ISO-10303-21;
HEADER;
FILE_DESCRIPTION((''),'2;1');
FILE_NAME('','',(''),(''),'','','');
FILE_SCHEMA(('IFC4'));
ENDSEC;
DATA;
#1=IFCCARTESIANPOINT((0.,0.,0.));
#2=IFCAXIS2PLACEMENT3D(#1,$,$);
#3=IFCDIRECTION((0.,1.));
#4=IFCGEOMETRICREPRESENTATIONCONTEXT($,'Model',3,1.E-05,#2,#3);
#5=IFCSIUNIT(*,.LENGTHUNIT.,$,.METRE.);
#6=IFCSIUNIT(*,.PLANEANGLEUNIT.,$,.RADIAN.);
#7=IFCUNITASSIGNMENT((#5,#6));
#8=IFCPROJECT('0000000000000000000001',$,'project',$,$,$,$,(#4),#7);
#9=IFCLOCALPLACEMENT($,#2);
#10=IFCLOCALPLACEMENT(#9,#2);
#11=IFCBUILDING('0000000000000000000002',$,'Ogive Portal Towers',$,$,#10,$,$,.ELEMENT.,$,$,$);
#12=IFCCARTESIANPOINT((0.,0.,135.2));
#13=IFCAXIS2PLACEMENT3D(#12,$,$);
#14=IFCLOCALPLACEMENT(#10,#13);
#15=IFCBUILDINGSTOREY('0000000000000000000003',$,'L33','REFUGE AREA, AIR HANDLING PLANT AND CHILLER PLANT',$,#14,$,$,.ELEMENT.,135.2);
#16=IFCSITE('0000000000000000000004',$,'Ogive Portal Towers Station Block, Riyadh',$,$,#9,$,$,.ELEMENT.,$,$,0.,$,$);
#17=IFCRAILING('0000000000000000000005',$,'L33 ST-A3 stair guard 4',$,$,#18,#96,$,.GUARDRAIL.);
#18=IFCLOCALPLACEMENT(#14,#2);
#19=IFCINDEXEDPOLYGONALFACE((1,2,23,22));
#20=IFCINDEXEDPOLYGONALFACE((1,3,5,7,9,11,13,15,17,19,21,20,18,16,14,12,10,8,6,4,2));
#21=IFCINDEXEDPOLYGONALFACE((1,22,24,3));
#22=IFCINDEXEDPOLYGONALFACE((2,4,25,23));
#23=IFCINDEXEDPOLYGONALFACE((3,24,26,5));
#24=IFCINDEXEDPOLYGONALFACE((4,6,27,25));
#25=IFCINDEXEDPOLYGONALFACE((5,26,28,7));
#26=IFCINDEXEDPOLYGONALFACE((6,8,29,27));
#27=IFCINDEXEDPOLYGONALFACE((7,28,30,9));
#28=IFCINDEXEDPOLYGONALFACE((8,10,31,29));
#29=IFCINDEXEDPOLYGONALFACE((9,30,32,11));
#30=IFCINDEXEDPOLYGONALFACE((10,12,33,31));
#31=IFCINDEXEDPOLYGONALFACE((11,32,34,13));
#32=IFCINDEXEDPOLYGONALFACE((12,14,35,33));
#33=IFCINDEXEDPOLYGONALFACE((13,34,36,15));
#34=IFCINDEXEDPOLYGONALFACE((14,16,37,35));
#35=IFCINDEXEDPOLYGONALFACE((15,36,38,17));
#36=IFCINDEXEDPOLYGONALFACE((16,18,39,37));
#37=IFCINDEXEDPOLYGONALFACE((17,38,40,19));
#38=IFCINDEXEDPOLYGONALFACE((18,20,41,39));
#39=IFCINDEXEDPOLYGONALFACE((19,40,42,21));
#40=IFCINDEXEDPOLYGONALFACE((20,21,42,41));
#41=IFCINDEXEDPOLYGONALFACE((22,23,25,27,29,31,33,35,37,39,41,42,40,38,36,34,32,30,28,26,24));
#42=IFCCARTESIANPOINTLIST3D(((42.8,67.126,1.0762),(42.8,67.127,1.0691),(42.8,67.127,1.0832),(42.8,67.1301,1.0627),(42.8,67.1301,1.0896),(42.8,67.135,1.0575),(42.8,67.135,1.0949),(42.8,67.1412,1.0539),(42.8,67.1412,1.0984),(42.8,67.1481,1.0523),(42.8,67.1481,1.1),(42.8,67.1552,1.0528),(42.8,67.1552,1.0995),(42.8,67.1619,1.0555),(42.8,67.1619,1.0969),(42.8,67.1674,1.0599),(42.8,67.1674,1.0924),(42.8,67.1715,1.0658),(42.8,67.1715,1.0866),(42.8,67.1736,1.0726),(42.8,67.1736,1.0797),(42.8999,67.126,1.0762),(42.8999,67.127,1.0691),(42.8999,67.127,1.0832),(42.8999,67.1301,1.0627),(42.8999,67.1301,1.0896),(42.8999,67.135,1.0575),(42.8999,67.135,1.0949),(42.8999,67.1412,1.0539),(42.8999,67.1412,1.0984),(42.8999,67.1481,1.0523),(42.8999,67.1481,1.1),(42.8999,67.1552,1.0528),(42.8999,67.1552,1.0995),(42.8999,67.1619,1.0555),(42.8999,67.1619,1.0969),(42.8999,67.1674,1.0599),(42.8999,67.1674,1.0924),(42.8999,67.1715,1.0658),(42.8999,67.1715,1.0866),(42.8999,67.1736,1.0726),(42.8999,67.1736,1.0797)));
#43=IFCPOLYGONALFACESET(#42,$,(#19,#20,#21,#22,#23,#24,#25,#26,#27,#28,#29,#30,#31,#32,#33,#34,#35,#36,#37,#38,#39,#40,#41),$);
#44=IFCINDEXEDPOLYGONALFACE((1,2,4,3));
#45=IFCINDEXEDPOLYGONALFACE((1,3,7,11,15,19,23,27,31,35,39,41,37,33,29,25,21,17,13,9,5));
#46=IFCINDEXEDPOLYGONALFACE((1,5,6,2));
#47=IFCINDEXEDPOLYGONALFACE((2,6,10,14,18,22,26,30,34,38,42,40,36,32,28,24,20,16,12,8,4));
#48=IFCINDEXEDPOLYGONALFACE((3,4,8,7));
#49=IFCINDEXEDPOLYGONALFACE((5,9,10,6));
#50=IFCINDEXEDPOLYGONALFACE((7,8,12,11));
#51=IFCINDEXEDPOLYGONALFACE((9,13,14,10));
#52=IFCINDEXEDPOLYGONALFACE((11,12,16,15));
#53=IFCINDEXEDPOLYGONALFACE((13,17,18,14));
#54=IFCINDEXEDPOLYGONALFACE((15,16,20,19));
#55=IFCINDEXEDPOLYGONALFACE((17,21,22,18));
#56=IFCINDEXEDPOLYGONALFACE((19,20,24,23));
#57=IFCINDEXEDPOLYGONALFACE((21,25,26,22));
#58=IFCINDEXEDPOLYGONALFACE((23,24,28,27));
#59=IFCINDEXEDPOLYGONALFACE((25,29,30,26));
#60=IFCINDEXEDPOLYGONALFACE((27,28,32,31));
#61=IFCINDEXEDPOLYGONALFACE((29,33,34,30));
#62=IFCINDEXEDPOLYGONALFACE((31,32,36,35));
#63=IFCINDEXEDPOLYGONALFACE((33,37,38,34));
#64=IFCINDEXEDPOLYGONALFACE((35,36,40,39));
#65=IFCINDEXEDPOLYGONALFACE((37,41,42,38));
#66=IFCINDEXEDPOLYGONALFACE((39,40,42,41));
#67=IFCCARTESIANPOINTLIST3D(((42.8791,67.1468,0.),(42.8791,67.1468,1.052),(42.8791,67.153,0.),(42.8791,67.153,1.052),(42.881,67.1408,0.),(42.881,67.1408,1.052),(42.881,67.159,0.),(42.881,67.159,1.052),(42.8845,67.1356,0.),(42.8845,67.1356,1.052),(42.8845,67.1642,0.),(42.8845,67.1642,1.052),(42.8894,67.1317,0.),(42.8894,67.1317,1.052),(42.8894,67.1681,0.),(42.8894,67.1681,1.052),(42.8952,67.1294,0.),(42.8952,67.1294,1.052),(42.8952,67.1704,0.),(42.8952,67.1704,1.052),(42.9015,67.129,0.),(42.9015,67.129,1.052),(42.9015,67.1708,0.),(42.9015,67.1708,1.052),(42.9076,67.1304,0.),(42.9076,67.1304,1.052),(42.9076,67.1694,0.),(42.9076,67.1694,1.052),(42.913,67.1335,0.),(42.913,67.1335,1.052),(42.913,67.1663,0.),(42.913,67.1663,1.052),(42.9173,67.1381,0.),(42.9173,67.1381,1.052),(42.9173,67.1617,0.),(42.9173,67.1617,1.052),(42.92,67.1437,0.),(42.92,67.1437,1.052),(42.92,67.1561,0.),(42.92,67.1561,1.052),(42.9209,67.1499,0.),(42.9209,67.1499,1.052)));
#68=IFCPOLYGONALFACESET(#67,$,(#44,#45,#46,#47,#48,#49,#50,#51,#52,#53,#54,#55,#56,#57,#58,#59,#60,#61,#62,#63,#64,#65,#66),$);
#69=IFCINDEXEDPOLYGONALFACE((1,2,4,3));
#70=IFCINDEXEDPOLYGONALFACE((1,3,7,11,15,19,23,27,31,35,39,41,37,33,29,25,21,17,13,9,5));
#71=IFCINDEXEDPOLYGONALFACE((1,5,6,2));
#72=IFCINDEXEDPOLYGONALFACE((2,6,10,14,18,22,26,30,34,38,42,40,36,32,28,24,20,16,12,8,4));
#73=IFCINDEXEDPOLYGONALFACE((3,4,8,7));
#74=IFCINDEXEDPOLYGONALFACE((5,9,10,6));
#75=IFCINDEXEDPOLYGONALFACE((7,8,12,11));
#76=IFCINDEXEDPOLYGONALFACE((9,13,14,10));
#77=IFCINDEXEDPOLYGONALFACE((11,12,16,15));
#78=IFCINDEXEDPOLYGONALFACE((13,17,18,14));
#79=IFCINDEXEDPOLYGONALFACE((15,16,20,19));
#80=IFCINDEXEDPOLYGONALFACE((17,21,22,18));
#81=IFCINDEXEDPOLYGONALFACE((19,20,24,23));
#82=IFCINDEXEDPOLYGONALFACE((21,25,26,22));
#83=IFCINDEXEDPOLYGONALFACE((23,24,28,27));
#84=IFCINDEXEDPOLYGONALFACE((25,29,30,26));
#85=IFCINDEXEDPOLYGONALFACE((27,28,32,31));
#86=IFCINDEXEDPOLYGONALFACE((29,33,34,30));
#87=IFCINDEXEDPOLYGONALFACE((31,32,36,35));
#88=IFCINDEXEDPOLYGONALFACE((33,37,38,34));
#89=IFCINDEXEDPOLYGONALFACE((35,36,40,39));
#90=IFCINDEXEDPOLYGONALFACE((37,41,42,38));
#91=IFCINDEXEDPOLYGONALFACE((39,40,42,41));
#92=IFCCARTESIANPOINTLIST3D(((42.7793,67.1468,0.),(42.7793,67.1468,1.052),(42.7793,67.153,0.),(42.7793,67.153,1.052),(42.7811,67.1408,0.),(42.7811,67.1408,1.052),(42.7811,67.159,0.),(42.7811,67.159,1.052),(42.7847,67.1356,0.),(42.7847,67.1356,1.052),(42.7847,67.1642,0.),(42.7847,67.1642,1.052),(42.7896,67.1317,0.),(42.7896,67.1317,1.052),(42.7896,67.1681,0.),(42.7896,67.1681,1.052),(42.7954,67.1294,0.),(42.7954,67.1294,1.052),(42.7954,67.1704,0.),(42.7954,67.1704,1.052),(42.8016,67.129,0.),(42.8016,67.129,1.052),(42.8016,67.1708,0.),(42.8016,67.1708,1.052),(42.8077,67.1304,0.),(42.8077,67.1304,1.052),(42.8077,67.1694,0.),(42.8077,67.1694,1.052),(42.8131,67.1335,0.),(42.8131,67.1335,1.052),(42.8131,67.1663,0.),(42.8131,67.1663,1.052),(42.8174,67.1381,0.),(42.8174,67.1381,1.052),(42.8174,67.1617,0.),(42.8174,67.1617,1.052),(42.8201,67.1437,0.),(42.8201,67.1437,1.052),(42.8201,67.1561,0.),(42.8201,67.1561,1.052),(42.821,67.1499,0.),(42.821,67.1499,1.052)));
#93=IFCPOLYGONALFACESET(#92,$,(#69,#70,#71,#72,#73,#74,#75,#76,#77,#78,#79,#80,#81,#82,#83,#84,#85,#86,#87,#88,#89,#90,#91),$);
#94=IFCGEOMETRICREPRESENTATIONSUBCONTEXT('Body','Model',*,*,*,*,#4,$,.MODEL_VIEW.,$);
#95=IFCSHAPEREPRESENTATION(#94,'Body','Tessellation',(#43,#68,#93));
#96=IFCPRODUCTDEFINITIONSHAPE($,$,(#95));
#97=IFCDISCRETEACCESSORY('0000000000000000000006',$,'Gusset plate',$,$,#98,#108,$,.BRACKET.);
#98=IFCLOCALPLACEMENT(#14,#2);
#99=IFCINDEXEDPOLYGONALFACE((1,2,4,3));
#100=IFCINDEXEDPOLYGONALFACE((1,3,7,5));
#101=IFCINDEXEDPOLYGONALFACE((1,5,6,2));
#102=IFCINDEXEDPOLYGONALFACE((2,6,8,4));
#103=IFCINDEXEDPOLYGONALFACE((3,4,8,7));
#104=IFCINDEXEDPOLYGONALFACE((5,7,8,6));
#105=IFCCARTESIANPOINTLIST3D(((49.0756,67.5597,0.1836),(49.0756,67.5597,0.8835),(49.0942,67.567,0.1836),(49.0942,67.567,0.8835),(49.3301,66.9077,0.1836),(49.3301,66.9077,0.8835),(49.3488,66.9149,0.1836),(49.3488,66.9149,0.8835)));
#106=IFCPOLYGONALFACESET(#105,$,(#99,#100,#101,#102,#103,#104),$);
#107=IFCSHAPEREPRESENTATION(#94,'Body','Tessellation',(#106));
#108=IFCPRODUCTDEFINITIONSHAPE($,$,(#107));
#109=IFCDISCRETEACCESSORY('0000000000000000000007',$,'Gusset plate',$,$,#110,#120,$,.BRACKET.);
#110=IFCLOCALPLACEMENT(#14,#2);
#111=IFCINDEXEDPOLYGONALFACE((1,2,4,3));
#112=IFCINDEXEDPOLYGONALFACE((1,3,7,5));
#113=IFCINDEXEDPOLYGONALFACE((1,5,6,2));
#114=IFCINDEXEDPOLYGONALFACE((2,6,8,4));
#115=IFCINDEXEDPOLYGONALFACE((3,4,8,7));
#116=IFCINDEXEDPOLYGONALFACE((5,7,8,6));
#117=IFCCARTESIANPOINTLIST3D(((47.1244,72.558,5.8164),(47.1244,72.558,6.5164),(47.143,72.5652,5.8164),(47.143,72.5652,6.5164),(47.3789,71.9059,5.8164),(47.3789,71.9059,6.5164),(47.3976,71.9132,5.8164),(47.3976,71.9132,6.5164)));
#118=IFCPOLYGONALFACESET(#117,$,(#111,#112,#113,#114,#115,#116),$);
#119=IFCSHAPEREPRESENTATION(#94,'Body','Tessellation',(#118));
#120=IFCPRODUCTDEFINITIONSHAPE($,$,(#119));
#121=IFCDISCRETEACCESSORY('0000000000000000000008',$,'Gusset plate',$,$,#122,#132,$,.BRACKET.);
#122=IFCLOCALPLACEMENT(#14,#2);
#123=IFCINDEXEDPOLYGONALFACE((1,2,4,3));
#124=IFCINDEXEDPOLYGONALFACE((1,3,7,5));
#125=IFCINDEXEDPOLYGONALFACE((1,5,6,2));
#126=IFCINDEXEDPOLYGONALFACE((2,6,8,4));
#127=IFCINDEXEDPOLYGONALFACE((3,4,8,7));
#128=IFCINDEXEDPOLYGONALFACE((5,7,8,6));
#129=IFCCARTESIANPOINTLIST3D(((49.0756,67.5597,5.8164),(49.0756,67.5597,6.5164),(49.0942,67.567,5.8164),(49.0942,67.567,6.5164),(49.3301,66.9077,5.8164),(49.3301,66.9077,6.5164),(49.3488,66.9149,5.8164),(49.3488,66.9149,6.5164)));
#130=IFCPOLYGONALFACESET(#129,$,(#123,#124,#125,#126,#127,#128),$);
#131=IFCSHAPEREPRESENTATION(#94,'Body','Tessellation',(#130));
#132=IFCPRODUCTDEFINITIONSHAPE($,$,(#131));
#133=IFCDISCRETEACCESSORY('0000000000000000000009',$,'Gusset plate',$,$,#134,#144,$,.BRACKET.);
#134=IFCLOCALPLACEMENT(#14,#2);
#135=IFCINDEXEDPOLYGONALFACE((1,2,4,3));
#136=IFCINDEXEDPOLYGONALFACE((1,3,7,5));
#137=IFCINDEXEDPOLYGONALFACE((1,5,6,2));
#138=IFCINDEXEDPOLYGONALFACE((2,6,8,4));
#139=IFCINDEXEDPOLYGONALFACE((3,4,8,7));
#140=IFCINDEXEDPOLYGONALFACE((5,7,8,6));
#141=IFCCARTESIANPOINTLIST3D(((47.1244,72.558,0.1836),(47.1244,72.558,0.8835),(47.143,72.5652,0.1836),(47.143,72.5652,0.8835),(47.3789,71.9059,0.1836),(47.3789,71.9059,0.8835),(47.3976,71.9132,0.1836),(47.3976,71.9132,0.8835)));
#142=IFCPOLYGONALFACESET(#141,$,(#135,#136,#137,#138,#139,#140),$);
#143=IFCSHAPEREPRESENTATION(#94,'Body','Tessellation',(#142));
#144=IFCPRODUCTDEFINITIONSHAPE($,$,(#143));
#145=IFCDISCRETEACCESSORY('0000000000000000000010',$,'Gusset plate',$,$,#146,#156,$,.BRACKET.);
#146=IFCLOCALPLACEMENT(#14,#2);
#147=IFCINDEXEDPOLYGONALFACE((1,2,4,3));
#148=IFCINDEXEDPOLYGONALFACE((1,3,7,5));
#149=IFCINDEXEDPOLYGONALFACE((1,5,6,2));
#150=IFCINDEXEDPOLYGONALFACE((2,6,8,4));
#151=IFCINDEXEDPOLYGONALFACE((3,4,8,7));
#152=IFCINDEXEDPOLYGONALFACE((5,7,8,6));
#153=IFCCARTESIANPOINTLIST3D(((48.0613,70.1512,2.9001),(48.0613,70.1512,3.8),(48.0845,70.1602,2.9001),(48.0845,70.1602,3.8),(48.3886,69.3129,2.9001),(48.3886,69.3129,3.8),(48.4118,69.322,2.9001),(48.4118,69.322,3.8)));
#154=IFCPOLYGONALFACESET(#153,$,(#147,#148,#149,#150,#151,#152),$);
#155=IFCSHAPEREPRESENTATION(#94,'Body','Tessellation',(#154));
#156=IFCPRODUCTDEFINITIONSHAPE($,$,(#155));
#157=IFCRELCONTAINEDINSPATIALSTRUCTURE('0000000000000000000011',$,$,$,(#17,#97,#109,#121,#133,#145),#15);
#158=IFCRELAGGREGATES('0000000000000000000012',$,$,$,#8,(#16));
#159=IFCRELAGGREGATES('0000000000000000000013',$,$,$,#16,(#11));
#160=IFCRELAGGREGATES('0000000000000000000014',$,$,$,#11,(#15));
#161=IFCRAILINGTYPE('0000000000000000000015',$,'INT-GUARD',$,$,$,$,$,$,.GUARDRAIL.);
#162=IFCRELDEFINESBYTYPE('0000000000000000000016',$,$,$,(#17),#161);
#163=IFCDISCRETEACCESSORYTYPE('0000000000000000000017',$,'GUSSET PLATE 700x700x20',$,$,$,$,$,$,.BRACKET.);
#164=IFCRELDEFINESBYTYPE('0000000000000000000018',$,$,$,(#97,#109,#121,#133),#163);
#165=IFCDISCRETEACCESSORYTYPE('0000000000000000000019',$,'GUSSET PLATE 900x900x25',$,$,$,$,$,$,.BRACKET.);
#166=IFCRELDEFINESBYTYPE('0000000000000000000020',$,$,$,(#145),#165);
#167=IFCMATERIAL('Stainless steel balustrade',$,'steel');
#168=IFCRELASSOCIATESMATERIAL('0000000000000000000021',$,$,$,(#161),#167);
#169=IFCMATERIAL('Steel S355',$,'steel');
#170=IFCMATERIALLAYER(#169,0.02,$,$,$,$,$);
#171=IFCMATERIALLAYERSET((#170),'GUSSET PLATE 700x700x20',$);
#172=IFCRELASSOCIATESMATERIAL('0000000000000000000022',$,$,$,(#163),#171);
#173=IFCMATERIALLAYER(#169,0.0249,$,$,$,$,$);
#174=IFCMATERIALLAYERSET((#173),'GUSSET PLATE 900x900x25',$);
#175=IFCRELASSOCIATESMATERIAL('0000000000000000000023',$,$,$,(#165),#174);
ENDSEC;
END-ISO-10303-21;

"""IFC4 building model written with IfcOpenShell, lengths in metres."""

from ifc_helpers import new_model, si_unit, direction, frame, origin, origin_2d, place, context, subcontext, project, spatial, rectangle, circle, extrude, material, layer, layer_set, type_object, element, save


model = new_model("IFC4")

# Units and contexts
model_context = context("Model", 3, precision=1e-05, world=origin(), true_north=direction((0.0, 1.0)))
body_context = subcontext(model_context, "Body", "Model", "MODEL_VIEW")
ifc_project = project(units=[si_unit("LENGTHUNIT", "METRE"), si_unit("PLANEANGLEUNIT", "RADIAN")], contexts=[model_context])

# Site, building, storey
site_placement = place(None, origin())
site = spatial("IfcSite", under=ifc_project, at=site_placement, Name="Ogive Portal Towers Station Block, Riyadh", CompositionType="ELEMENT", RefElevation=0.0)
building_placement = place(site_placement, origin())
building = spatial("IfcBuilding", under=site, at=building_placement, Name="Ogive Portal Towers", CompositionType="ELEMENT")
storey_placement = place(building_placement, frame((0.0, 0.0, 135.2)))
storey = spatial("IfcBuildingStorey", under=building, at=storey_placement, Name="L33", Description="REFUGE AREA, AIR HANDLING PLANT AND CHILLER PLANT", CompositionType="ELEMENT", Elevation=135.2)

# Shared definitions
ifc_material_1 = material(Name="Steel S355", Category="steel")

# Railing
ifc_material_2 = material(Name="Stainless steel balustrade", Category="steel")
railing_type_1 = type_object("IfcRailingType", Name="INT-GUARD", PredefinedType="GUARDRAIL", material=ifc_material_2)
railing_1_placement = place(storey_placement, frame((42.8999, 67.1499, 0.0)))
element("IfcRailing", 1, at=railing_1_placement, inside=storey, type_object=railing_type_1, Name="L33 ST-A3 stair guard 4", PredefinedType="GUARDRAIL", context=body_context, shape_type="SweptSolid", body=[
    extrude(circle(Radius=0.0239, at=origin_2d()), frame((0.0, 0.0, 1.0762), z_axis=(-1.0, 0.0, 0.0), x_axis=(0.0, -1.0, 0.0)), (0.0, 0.0, 1.0), 0.0999),
    extrude(circle(Radius=0.021, at=origin_2d()), origin(), (0.0, 0.0, 1.0), 1.052),
    extrude(circle(Radius=0.021, at=origin_2d()), frame((-0.0999, 0.0, 0.0)), (0.0, 0.0, 1.0), 1.052),
])

# Discrete accessories
ifc_layer_1 = layer(ifc_material_1, 0.02)
ifc_layer_set_1 = layer_set([ifc_layer_1], Name="GUSSET PLATE 700x700x20")
discrete_accessory_type_1 = type_object("IfcDiscreteAccessoryType", Name="GUSSET PLATE 700x700x20", PredefinedType="BRACKET", material=ifc_layer_set_1)
for number, where, z_axis, x_axis, name in (
    (2, (49.2122, 67.2373, 0.1836), (0.0, 0.0, 1.0), (-0.363658, 0.931533, 0.0), "Gusset plate"),
    (3, (47.261, 72.2356, 5.8164), (0.0, 0.0, 1.0), (-0.363658, 0.931533, 0.0), "Gusset plate"),
    (4, (49.2122, 67.2373, 5.8164), (0.0, 0.0, 1.0), (-0.363674, 0.931526, 0.0), "Gusset plate"),
    (5, (47.261, 72.2356, 0.1836), (0.0, 0.0, 1.0), (-0.363674, 0.931526, 0.0), "Gusset plate"),
):
    element("IfcDiscreteAccessory", number, at=place(storey_placement, frame(where, z_axis=z_axis, x_axis=x_axis)), inside=storey, type_object=discrete_accessory_type_1, Name=name, PredefinedType="BRACKET", context=body_context, shape_type="SweptSolid", body=[
        extrude(rectangle(XDim=0.7, YDim=0.02, at=origin_2d()), origin(), (0.0, 0.0, 1.0), 0.7),
    ])
ifc_layer_2 = layer(ifc_material_1, 0.0249)
ifc_layer_set_2 = layer_set([ifc_layer_2], Name="GUSSET PLATE 900x900x25")
discrete_accessory_type_2 = type_object("IfcDiscreteAccessoryType", Name="GUSSET PLATE 900x900x25", PredefinedType="BRACKET", material=ifc_layer_set_2)
discrete_accessory_placement = place(storey_placement, frame((48.2366, 69.7366, 2.9001), z_axis=(0.0, 0.0, 1.0), x_axis=(-0.363658, 0.931533, 0.0)))
element("IfcDiscreteAccessory", 6, at=discrete_accessory_placement, inside=storey, type_object=discrete_accessory_type_2, Name="Gusset plate", PredefinedType="BRACKET", context=body_context, shape_type="SweptSolid", body=[
    extrude(rectangle(XDim=0.8999, YDim=0.0249, at=origin_2d()), origin(), (0.0, 0.0, 1.0), 0.8999),
])

save(model, "model.ifc")
